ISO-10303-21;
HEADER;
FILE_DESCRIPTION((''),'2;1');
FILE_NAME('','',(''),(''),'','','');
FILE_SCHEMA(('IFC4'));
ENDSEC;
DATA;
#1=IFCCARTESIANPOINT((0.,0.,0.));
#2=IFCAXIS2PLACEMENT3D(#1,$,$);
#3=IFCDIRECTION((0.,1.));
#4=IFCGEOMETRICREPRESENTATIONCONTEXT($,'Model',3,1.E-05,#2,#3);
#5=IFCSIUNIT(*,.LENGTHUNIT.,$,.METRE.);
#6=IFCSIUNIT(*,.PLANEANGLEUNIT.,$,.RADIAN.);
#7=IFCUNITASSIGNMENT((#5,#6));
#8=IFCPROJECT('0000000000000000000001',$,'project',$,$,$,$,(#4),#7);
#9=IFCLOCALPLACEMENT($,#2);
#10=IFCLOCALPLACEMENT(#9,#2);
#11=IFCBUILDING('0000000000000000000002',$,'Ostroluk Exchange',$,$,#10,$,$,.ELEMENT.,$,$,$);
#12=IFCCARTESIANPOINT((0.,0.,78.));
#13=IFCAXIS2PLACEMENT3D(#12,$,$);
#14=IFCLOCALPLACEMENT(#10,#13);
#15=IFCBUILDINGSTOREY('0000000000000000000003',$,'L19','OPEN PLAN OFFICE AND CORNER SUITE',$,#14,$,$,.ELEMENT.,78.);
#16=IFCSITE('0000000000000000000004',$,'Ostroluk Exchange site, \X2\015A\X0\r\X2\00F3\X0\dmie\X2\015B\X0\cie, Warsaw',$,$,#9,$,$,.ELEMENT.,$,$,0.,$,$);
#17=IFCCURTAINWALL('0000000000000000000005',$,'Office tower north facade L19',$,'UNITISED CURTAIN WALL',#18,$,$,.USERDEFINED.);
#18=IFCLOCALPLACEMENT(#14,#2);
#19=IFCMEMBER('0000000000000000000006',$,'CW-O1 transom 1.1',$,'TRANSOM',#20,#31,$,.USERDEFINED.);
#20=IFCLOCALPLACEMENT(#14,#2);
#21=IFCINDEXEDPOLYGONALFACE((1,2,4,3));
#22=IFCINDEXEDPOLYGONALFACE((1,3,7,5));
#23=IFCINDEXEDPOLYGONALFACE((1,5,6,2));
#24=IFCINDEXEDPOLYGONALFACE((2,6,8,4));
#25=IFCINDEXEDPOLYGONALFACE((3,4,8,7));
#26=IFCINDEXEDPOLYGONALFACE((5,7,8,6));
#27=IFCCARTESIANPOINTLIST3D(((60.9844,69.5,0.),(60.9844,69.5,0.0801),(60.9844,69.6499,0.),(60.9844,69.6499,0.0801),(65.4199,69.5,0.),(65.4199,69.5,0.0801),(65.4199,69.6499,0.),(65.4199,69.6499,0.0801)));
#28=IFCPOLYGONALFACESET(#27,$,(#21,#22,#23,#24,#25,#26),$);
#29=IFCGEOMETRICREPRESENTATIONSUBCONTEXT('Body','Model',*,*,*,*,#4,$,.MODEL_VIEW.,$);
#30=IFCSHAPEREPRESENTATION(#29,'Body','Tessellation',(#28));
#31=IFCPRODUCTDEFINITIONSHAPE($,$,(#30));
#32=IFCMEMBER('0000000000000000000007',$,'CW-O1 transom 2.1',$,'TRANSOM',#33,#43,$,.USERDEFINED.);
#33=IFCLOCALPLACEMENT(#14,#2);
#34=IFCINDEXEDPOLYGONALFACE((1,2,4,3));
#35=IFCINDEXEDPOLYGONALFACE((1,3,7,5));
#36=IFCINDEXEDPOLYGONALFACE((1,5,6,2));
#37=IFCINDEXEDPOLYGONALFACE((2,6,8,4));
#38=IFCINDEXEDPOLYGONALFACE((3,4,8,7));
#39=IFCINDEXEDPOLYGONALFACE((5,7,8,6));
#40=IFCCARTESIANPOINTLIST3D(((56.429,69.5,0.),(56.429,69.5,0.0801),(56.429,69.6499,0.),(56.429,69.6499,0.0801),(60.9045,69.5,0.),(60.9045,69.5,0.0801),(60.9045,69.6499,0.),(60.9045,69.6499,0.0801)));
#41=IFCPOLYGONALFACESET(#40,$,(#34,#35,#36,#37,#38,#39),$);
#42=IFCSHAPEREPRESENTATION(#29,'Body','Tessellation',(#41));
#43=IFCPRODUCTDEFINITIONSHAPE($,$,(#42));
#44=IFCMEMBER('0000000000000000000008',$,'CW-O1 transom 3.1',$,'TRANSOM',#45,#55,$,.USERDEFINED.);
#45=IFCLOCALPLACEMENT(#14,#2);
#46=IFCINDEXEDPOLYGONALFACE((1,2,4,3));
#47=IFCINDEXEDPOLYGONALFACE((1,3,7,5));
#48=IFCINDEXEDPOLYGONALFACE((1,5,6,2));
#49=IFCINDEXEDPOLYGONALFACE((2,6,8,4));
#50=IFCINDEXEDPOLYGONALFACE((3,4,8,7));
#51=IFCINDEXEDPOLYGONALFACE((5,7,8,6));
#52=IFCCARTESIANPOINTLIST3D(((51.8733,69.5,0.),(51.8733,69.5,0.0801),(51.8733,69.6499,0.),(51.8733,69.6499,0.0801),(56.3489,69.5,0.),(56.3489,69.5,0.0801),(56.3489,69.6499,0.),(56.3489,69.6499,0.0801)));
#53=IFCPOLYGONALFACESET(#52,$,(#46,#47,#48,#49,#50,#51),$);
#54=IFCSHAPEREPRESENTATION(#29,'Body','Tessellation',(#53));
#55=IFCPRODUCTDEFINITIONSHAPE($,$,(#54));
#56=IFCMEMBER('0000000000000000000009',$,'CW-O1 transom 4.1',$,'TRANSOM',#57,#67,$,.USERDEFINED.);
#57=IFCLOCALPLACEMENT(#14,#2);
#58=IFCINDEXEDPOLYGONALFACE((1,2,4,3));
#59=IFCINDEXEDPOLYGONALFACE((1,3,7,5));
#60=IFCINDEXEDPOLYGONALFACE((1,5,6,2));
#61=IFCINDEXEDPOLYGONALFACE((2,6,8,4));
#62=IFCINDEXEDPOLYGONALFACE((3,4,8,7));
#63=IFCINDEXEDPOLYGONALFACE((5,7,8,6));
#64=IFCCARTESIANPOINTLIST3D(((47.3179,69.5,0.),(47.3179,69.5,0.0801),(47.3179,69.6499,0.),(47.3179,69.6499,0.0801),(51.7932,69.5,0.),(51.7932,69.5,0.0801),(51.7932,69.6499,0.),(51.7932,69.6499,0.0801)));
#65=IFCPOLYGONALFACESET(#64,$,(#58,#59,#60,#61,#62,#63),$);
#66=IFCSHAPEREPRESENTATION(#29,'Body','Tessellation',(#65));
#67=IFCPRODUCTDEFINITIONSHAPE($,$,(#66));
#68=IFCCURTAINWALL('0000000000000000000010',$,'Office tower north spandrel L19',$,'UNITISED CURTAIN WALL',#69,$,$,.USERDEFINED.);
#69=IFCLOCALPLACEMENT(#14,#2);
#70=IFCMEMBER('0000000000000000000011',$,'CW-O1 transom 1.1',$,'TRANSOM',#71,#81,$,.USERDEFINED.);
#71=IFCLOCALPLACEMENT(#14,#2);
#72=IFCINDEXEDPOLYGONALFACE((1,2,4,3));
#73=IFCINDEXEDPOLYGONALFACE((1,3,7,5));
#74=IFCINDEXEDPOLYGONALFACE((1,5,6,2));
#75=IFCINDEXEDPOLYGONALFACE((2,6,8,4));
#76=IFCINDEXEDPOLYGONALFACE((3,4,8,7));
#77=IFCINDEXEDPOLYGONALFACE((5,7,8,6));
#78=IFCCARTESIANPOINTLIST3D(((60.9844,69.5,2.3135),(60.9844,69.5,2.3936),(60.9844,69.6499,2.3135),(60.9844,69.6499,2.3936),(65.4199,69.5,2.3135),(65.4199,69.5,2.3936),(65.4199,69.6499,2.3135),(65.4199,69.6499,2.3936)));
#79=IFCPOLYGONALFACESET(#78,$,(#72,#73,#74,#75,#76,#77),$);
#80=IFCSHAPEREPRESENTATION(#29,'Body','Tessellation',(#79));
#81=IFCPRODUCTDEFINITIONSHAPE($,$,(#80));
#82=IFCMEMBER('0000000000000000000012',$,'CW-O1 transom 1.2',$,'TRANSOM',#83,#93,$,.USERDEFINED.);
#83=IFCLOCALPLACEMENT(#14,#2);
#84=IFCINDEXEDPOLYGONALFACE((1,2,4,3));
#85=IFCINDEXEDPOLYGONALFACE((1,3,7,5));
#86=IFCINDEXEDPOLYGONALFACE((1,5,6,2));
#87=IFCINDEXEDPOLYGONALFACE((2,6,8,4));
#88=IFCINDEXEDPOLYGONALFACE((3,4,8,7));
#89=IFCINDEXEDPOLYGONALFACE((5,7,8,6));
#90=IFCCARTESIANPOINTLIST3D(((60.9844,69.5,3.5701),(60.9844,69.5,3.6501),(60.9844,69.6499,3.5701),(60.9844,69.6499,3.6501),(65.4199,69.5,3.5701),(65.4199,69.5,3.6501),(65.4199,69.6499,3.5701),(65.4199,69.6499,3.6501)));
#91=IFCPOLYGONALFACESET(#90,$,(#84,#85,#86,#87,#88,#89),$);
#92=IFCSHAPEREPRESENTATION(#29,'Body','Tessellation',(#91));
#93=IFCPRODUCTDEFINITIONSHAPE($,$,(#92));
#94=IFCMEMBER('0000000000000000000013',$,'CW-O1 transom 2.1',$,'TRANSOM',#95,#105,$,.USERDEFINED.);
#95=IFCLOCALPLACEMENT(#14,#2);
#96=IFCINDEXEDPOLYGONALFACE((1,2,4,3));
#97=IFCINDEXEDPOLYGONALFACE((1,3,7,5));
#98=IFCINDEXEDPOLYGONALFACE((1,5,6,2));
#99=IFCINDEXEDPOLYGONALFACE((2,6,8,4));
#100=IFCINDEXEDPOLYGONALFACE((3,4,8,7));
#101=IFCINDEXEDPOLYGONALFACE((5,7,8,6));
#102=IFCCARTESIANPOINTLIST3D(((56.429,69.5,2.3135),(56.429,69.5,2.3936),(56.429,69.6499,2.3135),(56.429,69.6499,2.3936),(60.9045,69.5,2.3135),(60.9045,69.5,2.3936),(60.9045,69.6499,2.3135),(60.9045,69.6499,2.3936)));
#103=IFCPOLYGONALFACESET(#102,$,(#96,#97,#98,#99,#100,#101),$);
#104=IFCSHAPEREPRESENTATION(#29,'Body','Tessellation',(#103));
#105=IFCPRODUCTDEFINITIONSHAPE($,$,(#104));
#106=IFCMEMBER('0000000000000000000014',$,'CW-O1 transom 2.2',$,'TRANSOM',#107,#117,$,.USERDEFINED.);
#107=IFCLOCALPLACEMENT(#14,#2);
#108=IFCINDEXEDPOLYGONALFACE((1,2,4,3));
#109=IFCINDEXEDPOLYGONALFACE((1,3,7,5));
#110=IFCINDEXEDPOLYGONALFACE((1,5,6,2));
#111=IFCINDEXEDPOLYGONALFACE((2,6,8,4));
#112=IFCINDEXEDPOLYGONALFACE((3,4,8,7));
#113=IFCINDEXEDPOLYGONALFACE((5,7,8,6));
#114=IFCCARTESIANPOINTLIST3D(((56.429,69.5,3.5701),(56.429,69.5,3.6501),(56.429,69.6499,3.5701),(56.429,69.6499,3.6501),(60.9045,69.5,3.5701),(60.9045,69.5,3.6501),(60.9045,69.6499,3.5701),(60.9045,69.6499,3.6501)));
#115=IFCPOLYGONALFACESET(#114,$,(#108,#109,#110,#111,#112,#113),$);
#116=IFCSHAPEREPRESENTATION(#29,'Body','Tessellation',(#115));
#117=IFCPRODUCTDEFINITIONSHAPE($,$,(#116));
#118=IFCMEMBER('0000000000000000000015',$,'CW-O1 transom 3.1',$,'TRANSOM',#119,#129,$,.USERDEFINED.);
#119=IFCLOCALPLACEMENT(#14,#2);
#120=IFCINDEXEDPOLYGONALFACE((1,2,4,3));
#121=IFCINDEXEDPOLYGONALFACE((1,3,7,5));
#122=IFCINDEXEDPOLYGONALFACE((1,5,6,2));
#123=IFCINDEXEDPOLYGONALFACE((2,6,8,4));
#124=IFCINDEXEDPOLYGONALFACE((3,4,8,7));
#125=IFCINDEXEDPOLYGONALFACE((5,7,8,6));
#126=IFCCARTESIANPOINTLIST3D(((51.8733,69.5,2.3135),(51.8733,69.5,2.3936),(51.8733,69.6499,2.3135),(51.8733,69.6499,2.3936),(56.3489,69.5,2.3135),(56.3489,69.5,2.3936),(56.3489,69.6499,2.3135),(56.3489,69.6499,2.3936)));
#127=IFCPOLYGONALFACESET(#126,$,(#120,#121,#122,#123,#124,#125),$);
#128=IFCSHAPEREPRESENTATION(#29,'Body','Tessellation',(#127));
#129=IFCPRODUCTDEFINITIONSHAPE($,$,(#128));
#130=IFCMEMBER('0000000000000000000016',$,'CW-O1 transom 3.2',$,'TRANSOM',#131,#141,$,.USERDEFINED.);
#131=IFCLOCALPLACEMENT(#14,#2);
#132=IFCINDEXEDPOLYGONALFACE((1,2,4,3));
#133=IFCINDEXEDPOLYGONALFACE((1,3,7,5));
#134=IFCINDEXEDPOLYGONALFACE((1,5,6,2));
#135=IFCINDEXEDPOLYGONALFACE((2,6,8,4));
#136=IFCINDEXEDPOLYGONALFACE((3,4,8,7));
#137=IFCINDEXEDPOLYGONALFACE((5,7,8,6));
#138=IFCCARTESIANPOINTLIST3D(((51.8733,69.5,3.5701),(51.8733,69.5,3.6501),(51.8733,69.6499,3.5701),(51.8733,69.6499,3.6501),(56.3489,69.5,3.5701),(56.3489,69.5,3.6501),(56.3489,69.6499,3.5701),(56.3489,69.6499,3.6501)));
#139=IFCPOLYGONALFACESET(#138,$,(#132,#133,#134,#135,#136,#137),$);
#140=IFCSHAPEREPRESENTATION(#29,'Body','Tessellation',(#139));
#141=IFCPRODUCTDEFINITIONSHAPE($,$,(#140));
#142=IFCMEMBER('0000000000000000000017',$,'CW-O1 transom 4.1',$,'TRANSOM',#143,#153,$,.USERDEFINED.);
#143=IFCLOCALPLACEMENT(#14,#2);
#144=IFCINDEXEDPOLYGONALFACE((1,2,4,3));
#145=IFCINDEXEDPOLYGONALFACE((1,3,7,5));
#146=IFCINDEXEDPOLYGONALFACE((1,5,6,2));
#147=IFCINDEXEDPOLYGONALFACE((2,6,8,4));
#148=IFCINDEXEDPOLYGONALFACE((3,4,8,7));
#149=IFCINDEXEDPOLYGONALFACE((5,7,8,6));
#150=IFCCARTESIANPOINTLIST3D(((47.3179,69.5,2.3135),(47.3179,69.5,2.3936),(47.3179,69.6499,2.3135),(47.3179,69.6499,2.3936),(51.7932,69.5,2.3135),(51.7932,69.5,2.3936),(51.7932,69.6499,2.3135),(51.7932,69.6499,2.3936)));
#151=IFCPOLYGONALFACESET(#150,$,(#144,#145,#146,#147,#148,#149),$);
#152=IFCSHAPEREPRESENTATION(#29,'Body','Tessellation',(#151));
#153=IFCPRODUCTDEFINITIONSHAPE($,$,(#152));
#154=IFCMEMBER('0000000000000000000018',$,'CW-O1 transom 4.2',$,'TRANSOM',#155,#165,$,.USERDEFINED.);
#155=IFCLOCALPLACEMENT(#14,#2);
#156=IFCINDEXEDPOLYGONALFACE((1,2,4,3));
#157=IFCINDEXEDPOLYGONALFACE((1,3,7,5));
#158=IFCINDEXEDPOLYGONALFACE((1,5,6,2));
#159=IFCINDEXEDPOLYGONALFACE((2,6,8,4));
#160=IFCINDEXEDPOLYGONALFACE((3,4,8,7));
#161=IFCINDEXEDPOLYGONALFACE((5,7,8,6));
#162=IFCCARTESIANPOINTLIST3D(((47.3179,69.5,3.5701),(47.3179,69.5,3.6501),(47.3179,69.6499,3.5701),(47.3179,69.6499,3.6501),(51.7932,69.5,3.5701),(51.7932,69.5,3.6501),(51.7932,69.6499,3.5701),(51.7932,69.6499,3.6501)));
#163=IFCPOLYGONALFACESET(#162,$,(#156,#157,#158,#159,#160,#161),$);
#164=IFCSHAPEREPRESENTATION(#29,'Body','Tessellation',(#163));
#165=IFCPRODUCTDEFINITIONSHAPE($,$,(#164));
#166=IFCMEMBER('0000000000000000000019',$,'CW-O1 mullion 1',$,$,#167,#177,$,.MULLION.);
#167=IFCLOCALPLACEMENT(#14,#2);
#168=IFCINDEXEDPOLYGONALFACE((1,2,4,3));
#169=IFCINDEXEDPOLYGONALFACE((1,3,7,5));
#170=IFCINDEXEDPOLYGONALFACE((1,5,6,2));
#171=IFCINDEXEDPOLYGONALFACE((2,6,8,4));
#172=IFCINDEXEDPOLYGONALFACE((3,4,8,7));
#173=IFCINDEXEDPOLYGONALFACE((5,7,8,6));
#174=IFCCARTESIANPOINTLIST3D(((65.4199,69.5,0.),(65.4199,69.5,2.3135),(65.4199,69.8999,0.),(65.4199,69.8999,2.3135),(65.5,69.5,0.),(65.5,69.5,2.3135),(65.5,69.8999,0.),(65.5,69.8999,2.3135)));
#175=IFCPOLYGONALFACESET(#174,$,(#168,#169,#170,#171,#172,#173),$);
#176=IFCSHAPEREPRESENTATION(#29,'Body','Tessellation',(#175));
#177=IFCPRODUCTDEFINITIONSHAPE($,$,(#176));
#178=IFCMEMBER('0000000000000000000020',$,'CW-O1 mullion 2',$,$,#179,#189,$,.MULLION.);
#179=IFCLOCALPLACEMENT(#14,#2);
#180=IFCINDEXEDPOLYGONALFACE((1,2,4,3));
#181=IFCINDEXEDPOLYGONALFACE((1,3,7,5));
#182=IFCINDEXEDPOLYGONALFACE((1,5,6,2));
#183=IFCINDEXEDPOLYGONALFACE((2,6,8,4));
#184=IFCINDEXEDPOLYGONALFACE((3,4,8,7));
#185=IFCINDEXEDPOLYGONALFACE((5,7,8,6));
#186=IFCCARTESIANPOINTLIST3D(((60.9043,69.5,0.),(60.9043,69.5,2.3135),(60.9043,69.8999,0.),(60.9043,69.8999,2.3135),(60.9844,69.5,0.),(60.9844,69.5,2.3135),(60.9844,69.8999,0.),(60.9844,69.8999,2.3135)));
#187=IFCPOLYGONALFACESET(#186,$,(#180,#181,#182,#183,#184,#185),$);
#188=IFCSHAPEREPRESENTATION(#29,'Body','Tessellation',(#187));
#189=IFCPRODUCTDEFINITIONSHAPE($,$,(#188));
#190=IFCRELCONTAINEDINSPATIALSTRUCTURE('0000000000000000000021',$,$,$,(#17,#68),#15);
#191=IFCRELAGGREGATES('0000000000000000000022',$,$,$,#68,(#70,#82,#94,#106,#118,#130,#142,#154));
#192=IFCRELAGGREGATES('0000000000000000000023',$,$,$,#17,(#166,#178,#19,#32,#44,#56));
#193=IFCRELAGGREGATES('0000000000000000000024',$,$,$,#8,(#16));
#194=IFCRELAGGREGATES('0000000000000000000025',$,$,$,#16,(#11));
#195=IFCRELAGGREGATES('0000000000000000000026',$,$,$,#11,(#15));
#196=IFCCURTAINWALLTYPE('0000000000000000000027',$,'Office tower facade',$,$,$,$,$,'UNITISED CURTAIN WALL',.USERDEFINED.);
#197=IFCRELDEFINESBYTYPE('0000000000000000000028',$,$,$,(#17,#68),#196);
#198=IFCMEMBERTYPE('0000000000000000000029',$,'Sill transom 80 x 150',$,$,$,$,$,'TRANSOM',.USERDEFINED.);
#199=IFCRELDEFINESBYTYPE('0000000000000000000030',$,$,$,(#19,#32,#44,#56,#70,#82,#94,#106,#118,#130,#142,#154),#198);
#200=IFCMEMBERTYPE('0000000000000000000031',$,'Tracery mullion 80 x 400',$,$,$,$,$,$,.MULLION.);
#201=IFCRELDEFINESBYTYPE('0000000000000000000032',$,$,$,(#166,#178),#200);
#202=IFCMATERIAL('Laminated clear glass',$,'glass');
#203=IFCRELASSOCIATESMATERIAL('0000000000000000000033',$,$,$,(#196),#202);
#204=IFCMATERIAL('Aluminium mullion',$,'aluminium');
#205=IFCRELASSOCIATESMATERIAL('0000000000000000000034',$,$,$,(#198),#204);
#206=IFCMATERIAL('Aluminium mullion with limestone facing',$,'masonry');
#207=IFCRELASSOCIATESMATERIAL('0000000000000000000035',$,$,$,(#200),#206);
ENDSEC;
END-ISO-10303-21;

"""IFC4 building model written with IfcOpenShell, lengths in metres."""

from ifc_helpers import new_model, si_unit, direction, frame, origin, origin_2d, place, context, subcontext, project, spatial, rectangle, extrude, material, material_profile, profile_set, type_object, element, aggregate, save


model = new_model("IFC4")

# Units and contexts
model_context = context("Model", 3, precision=1e-05, world=origin(), true_north=direction((0.0, 1.0)))
body_context = subcontext(model_context, "Body", "Model", "MODEL_VIEW")
ifc_project = project(units=[si_unit("LENGTHUNIT", "METRE"), si_unit("PLANEANGLEUNIT", "RADIAN")], contexts=[model_context])

# Site, building, storey
site_placement = place(None, origin())
site = spatial("IfcSite", under=ifc_project, at=site_placement, Name="Ostroluk Exchange site, Śródmieście, Warsaw", CompositionType="ELEMENT", RefElevation=0.0)
building_placement = place(site_placement, origin())
building = spatial("IfcBuilding", under=site, at=building_placement, Name="Ostroluk Exchange", CompositionType="ELEMENT")
storey_placement = place(building_placement, frame((0.0, 0.0, 78.0)))
storey = spatial("IfcBuildingStorey", under=building, at=storey_placement, Name="L19", Description="OPEN PLAN OFFICE AND CORNER SUITE", CompositionType="ELEMENT", Elevation=78.0)

# Curtain walls, members
ifc_material_1 = material(Name="Laminated clear glass", Category="glass")
curtain_wall_type = type_object("IfcCurtainWallType", Name="Office tower facade", ElementType="UNITISED CURTAIN WALL", PredefinedType="USERDEFINED", material=ifc_material_1)
curtain_wall_1_placement = place(storey_placement, origin())
curtain_wall_1 = element("IfcCurtainWall", 1, at=curtain_wall_1_placement, inside=storey, type_object=curtain_wall_type, Name="Office tower north facade L19", ObjectType="UNITISED CURTAIN WALL", PredefinedType="USERDEFINED")
ifc_material_2 = material(Name="Aluminium mullion", Category="aluminium")
ifc_material_profile_1 = material_profile(ifc_material_2, rectangle(XDim=0.1499, YDim=0.0801, at=origin_2d()), Name="Sill transom 80 x 150")
ifc_profile_set_1 = profile_set([ifc_material_profile_1], Name="Aluminium mullion")
member_type_1 = type_object("IfcMemberType", Name="Sill transom 80 x 150", ElementType="TRANSOM", PredefinedType="USERDEFINED", material=ifc_profile_set_1)
member_1_placement = place(storey_placement, frame((65.4199, 69.575, 0.04), z_axis=(-1.0, 0.0, 0.0), x_axis=(0.0, -1.0, 0.0)))
member_1 = element("IfcMember", 2, at=member_1_placement, type_object=member_type_1, Name="CW-O1 transom 1.1", ObjectType="TRANSOM", PredefinedType="USERDEFINED", context=body_context, shape_type="SweptSolid", body=[
    extrude(rectangle(XDim=0.1499, YDim=0.0801, at=origin_2d()), origin(), (0.0, 0.0, 1.0), 4.4355),
])
member_2_placement = place(storey_placement, frame((60.9045, 69.575, 0.04), z_axis=(-1.0, 0.0, 0.0), x_axis=(0.0, -1.0, 0.0)))
member_2 = element("IfcMember", 3, at=member_2_placement, type_object=member_type_1, Name="CW-O1 transom 2.1", ObjectType="TRANSOM", PredefinedType="USERDEFINED", context=body_context, shape_type="SweptSolid", body=[
    extrude(rectangle(XDim=0.1499, YDim=0.0801, at=origin_2d()), origin(), (0.0, 0.0, 1.0), 4.4756),
])
member_3_placement = place(storey_placement, frame((56.3489, 69.575, 0.04), z_axis=(-1.0, 0.0, 0.0), x_axis=(0.0, -1.0, 0.0)))
member_3 = element("IfcMember", 4, at=member_3_placement, type_object=member_type_1, Name="CW-O1 transom 3.1", ObjectType="TRANSOM", PredefinedType="USERDEFINED", context=body_context, shape_type="SweptSolid", body=[
    extrude(rectangle(XDim=0.1499, YDim=0.0801, at=origin_2d()), origin(), (0.0, 0.0, 1.0), 4.4756),
])
member_4_placement = place(storey_placement, frame((51.7932, 69.575, 0.04), z_axis=(-1.0, 0.0, 0.0), x_axis=(0.0, -1.0, 0.0)))
member_4 = element("IfcMember", 5, at=member_4_placement, type_object=member_type_1, Name="CW-O1 transom 4.1", ObjectType="TRANSOM", PredefinedType="USERDEFINED", context=body_context, shape_type="SweptSolid", body=[
    extrude(rectangle(XDim=0.1499, YDim=0.0801, at=origin_2d()), origin(), (0.0, 0.0, 1.0), 4.4753),
])
curtain_wall_2_placement = place(storey_placement, origin())
curtain_wall_2 = element("IfcCurtainWall", 6, at=curtain_wall_2_placement, inside=storey, type_object=curtain_wall_type, Name="Office tower north spandrel L19", ObjectType="UNITISED CURTAIN WALL", PredefinedType="USERDEFINED")
member_5_placement = place(storey_placement, frame((65.4199, 69.575, 2.3535), z_axis=(-1.0, 0.0, 0.0), x_axis=(0.0, -1.0, 0.0)))
member_5 = element("IfcMember", 7, at=member_5_placement, type_object=member_type_1, Name="CW-O1 transom 1.1", ObjectType="TRANSOM", PredefinedType="USERDEFINED", context=body_context, shape_type="SweptSolid", body=[
    extrude(rectangle(XDim=0.1499, YDim=0.0801, at=origin_2d()), origin(), (0.0, 0.0, 1.0), 4.4355),
])
member_6_placement = place(storey_placement, frame((65.4199, 69.575, 3.6101), z_axis=(-1.0, 0.0, 0.0), x_axis=(0.0, -1.0, 0.0)))
member_6 = element("IfcMember", 8, at=member_6_placement, type_object=member_type_1, Name="CW-O1 transom 1.2", ObjectType="TRANSOM", PredefinedType="USERDEFINED", context=body_context, shape_type="SweptSolid", body=[
    extrude(rectangle(XDim=0.1499, YDim=0.0801, at=origin_2d()), origin(), (0.0, 0.0, 1.0), 4.4355),
])
member_7_placement = place(storey_placement, frame((60.9045, 69.575, 2.3535), z_axis=(-1.0, 0.0, 0.0), x_axis=(0.0, -1.0, 0.0)))
member_7 = element("IfcMember", 9, at=member_7_placement, type_object=member_type_1, Name="CW-O1 transom 2.1", ObjectType="TRANSOM", PredefinedType="USERDEFINED", context=body_context, shape_type="SweptSolid", body=[
    extrude(rectangle(XDim=0.1499, YDim=0.0801, at=origin_2d()), origin(), (0.0, 0.0, 1.0), 4.4756),
])
member_8_placement = place(storey_placement, frame((60.9045, 69.575, 3.6101), z_axis=(-1.0, 0.0, 0.0), x_axis=(0.0, -1.0, 0.0)))
member_8 = element("IfcMember", 10, at=member_8_placement, type_object=member_type_1, Name="CW-O1 transom 2.2", ObjectType="TRANSOM", PredefinedType="USERDEFINED", context=body_context, shape_type="SweptSolid", body=[
    extrude(rectangle(XDim=0.1499, YDim=0.0801, at=origin_2d()), origin(), (0.0, 0.0, 1.0), 4.4756),
])
member_9_placement = place(storey_placement, frame((56.3489, 69.575, 2.3535), z_axis=(-1.0, 0.0, 0.0), x_axis=(0.0, -1.0, 0.0)))
member_9 = element("IfcMember", 11, at=member_9_placement, type_object=member_type_1, Name="CW-O1 transom 3.1", ObjectType="TRANSOM", PredefinedType="USERDEFINED", context=body_context, shape_type="SweptSolid", body=[
    extrude(rectangle(XDim=0.1499, YDim=0.0801, at=origin_2d()), origin(), (0.0, 0.0, 1.0), 4.4756),
])
member_10_placement = place(storey_placement, frame((56.3489, 69.575, 3.6101), z_axis=(-1.0, 0.0, 0.0), x_axis=(0.0, -1.0, 0.0)))
member_10 = element("IfcMember", 12, at=member_10_placement, type_object=member_type_1, Name="CW-O1 transom 3.2", ObjectType="TRANSOM", PredefinedType="USERDEFINED", context=body_context, shape_type="SweptSolid", body=[
    extrude(rectangle(XDim=0.1499, YDim=0.0801, at=origin_2d()), origin(), (0.0, 0.0, 1.0), 4.4756),
])
member_11_placement = place(storey_placement, frame((51.7932, 69.575, 2.3535), z_axis=(-1.0, 0.0, 0.0), x_axis=(0.0, -1.0, 0.0)))
member_11 = element("IfcMember", 13, at=member_11_placement, type_object=member_type_1, Name="CW-O1 transom 4.1", ObjectType="TRANSOM", PredefinedType="USERDEFINED", context=body_context, shape_type="SweptSolid", body=[
    extrude(rectangle(XDim=0.1499, YDim=0.0801, at=origin_2d()), origin(), (0.0, 0.0, 1.0), 4.4753),
])
member_12_placement = place(storey_placement, frame((51.7932, 69.575, 3.6101), z_axis=(-1.0, 0.0, 0.0), x_axis=(0.0, -1.0, 0.0)))
member_12 = element("IfcMember", 14, at=member_12_placement, type_object=member_type_1, Name="CW-O1 transom 4.2", ObjectType="TRANSOM", PredefinedType="USERDEFINED", context=body_context, shape_type="SweptSolid", body=[
    extrude(rectangle(XDim=0.1499, YDim=0.0801, at=origin_2d()), origin(), (0.0, 0.0, 1.0), 4.4753),
])

# Members
ifc_material_3 = material(Name="Aluminium mullion with limestone facing", Category="masonry")
ifc_material_profile_2 = material_profile(ifc_material_3, rectangle(XDim=0.3999, YDim=0.0801, at=origin_2d()), Name="Tracery mullion 80 x 400")
ifc_profile_set_2 = profile_set([ifc_material_profile_2], Name="Aluminium mullion with limestone facing")
member_type_2 = type_object("IfcMemberType", Name="Tracery mullion 80 x 400", PredefinedType="MULLION", material=ifc_profile_set_2)
member_13_placement = place(storey_placement, frame((65.46, 69.7, 0.0), z_axis=(0.0, 0.0, 1.0), x_axis=(0.0, -1.0, 0.0)))
member_13 = element("IfcMember", 15, at=member_13_placement, type_object=member_type_2, Name="CW-O1 mullion 1", PredefinedType="MULLION", context=body_context, shape_type="SweptSolid", body=[
    extrude(rectangle(XDim=0.3999, YDim=0.0801, at=origin_2d()), origin(), (0.0, 0.0, 1.0), 2.3135),
])
member_14_placement = place(storey_placement, frame((60.9443, 69.7, 0.0), z_axis=(0.0, 0.0, 1.0), x_axis=(0.0, -1.0, 0.0)))
member_14 = element("IfcMember", 16, at=member_14_placement, type_object=member_type_2, Name="CW-O1 mullion 2", PredefinedType="MULLION", context=body_context, shape_type="SweptSolid", body=[
    extrude(rectangle(XDim=0.3999, YDim=0.0801, at=origin_2d()), origin(), (0.0, 0.0, 1.0), 2.3135),
])

aggregate(curtain_wall_2, [member_5, member_6, member_7, member_8, member_9, member_10, member_11, member_12])
aggregate(curtain_wall_1, [member_13, member_14, member_1, member_2, member_3, member_4])

save(model, "model.ifc")
